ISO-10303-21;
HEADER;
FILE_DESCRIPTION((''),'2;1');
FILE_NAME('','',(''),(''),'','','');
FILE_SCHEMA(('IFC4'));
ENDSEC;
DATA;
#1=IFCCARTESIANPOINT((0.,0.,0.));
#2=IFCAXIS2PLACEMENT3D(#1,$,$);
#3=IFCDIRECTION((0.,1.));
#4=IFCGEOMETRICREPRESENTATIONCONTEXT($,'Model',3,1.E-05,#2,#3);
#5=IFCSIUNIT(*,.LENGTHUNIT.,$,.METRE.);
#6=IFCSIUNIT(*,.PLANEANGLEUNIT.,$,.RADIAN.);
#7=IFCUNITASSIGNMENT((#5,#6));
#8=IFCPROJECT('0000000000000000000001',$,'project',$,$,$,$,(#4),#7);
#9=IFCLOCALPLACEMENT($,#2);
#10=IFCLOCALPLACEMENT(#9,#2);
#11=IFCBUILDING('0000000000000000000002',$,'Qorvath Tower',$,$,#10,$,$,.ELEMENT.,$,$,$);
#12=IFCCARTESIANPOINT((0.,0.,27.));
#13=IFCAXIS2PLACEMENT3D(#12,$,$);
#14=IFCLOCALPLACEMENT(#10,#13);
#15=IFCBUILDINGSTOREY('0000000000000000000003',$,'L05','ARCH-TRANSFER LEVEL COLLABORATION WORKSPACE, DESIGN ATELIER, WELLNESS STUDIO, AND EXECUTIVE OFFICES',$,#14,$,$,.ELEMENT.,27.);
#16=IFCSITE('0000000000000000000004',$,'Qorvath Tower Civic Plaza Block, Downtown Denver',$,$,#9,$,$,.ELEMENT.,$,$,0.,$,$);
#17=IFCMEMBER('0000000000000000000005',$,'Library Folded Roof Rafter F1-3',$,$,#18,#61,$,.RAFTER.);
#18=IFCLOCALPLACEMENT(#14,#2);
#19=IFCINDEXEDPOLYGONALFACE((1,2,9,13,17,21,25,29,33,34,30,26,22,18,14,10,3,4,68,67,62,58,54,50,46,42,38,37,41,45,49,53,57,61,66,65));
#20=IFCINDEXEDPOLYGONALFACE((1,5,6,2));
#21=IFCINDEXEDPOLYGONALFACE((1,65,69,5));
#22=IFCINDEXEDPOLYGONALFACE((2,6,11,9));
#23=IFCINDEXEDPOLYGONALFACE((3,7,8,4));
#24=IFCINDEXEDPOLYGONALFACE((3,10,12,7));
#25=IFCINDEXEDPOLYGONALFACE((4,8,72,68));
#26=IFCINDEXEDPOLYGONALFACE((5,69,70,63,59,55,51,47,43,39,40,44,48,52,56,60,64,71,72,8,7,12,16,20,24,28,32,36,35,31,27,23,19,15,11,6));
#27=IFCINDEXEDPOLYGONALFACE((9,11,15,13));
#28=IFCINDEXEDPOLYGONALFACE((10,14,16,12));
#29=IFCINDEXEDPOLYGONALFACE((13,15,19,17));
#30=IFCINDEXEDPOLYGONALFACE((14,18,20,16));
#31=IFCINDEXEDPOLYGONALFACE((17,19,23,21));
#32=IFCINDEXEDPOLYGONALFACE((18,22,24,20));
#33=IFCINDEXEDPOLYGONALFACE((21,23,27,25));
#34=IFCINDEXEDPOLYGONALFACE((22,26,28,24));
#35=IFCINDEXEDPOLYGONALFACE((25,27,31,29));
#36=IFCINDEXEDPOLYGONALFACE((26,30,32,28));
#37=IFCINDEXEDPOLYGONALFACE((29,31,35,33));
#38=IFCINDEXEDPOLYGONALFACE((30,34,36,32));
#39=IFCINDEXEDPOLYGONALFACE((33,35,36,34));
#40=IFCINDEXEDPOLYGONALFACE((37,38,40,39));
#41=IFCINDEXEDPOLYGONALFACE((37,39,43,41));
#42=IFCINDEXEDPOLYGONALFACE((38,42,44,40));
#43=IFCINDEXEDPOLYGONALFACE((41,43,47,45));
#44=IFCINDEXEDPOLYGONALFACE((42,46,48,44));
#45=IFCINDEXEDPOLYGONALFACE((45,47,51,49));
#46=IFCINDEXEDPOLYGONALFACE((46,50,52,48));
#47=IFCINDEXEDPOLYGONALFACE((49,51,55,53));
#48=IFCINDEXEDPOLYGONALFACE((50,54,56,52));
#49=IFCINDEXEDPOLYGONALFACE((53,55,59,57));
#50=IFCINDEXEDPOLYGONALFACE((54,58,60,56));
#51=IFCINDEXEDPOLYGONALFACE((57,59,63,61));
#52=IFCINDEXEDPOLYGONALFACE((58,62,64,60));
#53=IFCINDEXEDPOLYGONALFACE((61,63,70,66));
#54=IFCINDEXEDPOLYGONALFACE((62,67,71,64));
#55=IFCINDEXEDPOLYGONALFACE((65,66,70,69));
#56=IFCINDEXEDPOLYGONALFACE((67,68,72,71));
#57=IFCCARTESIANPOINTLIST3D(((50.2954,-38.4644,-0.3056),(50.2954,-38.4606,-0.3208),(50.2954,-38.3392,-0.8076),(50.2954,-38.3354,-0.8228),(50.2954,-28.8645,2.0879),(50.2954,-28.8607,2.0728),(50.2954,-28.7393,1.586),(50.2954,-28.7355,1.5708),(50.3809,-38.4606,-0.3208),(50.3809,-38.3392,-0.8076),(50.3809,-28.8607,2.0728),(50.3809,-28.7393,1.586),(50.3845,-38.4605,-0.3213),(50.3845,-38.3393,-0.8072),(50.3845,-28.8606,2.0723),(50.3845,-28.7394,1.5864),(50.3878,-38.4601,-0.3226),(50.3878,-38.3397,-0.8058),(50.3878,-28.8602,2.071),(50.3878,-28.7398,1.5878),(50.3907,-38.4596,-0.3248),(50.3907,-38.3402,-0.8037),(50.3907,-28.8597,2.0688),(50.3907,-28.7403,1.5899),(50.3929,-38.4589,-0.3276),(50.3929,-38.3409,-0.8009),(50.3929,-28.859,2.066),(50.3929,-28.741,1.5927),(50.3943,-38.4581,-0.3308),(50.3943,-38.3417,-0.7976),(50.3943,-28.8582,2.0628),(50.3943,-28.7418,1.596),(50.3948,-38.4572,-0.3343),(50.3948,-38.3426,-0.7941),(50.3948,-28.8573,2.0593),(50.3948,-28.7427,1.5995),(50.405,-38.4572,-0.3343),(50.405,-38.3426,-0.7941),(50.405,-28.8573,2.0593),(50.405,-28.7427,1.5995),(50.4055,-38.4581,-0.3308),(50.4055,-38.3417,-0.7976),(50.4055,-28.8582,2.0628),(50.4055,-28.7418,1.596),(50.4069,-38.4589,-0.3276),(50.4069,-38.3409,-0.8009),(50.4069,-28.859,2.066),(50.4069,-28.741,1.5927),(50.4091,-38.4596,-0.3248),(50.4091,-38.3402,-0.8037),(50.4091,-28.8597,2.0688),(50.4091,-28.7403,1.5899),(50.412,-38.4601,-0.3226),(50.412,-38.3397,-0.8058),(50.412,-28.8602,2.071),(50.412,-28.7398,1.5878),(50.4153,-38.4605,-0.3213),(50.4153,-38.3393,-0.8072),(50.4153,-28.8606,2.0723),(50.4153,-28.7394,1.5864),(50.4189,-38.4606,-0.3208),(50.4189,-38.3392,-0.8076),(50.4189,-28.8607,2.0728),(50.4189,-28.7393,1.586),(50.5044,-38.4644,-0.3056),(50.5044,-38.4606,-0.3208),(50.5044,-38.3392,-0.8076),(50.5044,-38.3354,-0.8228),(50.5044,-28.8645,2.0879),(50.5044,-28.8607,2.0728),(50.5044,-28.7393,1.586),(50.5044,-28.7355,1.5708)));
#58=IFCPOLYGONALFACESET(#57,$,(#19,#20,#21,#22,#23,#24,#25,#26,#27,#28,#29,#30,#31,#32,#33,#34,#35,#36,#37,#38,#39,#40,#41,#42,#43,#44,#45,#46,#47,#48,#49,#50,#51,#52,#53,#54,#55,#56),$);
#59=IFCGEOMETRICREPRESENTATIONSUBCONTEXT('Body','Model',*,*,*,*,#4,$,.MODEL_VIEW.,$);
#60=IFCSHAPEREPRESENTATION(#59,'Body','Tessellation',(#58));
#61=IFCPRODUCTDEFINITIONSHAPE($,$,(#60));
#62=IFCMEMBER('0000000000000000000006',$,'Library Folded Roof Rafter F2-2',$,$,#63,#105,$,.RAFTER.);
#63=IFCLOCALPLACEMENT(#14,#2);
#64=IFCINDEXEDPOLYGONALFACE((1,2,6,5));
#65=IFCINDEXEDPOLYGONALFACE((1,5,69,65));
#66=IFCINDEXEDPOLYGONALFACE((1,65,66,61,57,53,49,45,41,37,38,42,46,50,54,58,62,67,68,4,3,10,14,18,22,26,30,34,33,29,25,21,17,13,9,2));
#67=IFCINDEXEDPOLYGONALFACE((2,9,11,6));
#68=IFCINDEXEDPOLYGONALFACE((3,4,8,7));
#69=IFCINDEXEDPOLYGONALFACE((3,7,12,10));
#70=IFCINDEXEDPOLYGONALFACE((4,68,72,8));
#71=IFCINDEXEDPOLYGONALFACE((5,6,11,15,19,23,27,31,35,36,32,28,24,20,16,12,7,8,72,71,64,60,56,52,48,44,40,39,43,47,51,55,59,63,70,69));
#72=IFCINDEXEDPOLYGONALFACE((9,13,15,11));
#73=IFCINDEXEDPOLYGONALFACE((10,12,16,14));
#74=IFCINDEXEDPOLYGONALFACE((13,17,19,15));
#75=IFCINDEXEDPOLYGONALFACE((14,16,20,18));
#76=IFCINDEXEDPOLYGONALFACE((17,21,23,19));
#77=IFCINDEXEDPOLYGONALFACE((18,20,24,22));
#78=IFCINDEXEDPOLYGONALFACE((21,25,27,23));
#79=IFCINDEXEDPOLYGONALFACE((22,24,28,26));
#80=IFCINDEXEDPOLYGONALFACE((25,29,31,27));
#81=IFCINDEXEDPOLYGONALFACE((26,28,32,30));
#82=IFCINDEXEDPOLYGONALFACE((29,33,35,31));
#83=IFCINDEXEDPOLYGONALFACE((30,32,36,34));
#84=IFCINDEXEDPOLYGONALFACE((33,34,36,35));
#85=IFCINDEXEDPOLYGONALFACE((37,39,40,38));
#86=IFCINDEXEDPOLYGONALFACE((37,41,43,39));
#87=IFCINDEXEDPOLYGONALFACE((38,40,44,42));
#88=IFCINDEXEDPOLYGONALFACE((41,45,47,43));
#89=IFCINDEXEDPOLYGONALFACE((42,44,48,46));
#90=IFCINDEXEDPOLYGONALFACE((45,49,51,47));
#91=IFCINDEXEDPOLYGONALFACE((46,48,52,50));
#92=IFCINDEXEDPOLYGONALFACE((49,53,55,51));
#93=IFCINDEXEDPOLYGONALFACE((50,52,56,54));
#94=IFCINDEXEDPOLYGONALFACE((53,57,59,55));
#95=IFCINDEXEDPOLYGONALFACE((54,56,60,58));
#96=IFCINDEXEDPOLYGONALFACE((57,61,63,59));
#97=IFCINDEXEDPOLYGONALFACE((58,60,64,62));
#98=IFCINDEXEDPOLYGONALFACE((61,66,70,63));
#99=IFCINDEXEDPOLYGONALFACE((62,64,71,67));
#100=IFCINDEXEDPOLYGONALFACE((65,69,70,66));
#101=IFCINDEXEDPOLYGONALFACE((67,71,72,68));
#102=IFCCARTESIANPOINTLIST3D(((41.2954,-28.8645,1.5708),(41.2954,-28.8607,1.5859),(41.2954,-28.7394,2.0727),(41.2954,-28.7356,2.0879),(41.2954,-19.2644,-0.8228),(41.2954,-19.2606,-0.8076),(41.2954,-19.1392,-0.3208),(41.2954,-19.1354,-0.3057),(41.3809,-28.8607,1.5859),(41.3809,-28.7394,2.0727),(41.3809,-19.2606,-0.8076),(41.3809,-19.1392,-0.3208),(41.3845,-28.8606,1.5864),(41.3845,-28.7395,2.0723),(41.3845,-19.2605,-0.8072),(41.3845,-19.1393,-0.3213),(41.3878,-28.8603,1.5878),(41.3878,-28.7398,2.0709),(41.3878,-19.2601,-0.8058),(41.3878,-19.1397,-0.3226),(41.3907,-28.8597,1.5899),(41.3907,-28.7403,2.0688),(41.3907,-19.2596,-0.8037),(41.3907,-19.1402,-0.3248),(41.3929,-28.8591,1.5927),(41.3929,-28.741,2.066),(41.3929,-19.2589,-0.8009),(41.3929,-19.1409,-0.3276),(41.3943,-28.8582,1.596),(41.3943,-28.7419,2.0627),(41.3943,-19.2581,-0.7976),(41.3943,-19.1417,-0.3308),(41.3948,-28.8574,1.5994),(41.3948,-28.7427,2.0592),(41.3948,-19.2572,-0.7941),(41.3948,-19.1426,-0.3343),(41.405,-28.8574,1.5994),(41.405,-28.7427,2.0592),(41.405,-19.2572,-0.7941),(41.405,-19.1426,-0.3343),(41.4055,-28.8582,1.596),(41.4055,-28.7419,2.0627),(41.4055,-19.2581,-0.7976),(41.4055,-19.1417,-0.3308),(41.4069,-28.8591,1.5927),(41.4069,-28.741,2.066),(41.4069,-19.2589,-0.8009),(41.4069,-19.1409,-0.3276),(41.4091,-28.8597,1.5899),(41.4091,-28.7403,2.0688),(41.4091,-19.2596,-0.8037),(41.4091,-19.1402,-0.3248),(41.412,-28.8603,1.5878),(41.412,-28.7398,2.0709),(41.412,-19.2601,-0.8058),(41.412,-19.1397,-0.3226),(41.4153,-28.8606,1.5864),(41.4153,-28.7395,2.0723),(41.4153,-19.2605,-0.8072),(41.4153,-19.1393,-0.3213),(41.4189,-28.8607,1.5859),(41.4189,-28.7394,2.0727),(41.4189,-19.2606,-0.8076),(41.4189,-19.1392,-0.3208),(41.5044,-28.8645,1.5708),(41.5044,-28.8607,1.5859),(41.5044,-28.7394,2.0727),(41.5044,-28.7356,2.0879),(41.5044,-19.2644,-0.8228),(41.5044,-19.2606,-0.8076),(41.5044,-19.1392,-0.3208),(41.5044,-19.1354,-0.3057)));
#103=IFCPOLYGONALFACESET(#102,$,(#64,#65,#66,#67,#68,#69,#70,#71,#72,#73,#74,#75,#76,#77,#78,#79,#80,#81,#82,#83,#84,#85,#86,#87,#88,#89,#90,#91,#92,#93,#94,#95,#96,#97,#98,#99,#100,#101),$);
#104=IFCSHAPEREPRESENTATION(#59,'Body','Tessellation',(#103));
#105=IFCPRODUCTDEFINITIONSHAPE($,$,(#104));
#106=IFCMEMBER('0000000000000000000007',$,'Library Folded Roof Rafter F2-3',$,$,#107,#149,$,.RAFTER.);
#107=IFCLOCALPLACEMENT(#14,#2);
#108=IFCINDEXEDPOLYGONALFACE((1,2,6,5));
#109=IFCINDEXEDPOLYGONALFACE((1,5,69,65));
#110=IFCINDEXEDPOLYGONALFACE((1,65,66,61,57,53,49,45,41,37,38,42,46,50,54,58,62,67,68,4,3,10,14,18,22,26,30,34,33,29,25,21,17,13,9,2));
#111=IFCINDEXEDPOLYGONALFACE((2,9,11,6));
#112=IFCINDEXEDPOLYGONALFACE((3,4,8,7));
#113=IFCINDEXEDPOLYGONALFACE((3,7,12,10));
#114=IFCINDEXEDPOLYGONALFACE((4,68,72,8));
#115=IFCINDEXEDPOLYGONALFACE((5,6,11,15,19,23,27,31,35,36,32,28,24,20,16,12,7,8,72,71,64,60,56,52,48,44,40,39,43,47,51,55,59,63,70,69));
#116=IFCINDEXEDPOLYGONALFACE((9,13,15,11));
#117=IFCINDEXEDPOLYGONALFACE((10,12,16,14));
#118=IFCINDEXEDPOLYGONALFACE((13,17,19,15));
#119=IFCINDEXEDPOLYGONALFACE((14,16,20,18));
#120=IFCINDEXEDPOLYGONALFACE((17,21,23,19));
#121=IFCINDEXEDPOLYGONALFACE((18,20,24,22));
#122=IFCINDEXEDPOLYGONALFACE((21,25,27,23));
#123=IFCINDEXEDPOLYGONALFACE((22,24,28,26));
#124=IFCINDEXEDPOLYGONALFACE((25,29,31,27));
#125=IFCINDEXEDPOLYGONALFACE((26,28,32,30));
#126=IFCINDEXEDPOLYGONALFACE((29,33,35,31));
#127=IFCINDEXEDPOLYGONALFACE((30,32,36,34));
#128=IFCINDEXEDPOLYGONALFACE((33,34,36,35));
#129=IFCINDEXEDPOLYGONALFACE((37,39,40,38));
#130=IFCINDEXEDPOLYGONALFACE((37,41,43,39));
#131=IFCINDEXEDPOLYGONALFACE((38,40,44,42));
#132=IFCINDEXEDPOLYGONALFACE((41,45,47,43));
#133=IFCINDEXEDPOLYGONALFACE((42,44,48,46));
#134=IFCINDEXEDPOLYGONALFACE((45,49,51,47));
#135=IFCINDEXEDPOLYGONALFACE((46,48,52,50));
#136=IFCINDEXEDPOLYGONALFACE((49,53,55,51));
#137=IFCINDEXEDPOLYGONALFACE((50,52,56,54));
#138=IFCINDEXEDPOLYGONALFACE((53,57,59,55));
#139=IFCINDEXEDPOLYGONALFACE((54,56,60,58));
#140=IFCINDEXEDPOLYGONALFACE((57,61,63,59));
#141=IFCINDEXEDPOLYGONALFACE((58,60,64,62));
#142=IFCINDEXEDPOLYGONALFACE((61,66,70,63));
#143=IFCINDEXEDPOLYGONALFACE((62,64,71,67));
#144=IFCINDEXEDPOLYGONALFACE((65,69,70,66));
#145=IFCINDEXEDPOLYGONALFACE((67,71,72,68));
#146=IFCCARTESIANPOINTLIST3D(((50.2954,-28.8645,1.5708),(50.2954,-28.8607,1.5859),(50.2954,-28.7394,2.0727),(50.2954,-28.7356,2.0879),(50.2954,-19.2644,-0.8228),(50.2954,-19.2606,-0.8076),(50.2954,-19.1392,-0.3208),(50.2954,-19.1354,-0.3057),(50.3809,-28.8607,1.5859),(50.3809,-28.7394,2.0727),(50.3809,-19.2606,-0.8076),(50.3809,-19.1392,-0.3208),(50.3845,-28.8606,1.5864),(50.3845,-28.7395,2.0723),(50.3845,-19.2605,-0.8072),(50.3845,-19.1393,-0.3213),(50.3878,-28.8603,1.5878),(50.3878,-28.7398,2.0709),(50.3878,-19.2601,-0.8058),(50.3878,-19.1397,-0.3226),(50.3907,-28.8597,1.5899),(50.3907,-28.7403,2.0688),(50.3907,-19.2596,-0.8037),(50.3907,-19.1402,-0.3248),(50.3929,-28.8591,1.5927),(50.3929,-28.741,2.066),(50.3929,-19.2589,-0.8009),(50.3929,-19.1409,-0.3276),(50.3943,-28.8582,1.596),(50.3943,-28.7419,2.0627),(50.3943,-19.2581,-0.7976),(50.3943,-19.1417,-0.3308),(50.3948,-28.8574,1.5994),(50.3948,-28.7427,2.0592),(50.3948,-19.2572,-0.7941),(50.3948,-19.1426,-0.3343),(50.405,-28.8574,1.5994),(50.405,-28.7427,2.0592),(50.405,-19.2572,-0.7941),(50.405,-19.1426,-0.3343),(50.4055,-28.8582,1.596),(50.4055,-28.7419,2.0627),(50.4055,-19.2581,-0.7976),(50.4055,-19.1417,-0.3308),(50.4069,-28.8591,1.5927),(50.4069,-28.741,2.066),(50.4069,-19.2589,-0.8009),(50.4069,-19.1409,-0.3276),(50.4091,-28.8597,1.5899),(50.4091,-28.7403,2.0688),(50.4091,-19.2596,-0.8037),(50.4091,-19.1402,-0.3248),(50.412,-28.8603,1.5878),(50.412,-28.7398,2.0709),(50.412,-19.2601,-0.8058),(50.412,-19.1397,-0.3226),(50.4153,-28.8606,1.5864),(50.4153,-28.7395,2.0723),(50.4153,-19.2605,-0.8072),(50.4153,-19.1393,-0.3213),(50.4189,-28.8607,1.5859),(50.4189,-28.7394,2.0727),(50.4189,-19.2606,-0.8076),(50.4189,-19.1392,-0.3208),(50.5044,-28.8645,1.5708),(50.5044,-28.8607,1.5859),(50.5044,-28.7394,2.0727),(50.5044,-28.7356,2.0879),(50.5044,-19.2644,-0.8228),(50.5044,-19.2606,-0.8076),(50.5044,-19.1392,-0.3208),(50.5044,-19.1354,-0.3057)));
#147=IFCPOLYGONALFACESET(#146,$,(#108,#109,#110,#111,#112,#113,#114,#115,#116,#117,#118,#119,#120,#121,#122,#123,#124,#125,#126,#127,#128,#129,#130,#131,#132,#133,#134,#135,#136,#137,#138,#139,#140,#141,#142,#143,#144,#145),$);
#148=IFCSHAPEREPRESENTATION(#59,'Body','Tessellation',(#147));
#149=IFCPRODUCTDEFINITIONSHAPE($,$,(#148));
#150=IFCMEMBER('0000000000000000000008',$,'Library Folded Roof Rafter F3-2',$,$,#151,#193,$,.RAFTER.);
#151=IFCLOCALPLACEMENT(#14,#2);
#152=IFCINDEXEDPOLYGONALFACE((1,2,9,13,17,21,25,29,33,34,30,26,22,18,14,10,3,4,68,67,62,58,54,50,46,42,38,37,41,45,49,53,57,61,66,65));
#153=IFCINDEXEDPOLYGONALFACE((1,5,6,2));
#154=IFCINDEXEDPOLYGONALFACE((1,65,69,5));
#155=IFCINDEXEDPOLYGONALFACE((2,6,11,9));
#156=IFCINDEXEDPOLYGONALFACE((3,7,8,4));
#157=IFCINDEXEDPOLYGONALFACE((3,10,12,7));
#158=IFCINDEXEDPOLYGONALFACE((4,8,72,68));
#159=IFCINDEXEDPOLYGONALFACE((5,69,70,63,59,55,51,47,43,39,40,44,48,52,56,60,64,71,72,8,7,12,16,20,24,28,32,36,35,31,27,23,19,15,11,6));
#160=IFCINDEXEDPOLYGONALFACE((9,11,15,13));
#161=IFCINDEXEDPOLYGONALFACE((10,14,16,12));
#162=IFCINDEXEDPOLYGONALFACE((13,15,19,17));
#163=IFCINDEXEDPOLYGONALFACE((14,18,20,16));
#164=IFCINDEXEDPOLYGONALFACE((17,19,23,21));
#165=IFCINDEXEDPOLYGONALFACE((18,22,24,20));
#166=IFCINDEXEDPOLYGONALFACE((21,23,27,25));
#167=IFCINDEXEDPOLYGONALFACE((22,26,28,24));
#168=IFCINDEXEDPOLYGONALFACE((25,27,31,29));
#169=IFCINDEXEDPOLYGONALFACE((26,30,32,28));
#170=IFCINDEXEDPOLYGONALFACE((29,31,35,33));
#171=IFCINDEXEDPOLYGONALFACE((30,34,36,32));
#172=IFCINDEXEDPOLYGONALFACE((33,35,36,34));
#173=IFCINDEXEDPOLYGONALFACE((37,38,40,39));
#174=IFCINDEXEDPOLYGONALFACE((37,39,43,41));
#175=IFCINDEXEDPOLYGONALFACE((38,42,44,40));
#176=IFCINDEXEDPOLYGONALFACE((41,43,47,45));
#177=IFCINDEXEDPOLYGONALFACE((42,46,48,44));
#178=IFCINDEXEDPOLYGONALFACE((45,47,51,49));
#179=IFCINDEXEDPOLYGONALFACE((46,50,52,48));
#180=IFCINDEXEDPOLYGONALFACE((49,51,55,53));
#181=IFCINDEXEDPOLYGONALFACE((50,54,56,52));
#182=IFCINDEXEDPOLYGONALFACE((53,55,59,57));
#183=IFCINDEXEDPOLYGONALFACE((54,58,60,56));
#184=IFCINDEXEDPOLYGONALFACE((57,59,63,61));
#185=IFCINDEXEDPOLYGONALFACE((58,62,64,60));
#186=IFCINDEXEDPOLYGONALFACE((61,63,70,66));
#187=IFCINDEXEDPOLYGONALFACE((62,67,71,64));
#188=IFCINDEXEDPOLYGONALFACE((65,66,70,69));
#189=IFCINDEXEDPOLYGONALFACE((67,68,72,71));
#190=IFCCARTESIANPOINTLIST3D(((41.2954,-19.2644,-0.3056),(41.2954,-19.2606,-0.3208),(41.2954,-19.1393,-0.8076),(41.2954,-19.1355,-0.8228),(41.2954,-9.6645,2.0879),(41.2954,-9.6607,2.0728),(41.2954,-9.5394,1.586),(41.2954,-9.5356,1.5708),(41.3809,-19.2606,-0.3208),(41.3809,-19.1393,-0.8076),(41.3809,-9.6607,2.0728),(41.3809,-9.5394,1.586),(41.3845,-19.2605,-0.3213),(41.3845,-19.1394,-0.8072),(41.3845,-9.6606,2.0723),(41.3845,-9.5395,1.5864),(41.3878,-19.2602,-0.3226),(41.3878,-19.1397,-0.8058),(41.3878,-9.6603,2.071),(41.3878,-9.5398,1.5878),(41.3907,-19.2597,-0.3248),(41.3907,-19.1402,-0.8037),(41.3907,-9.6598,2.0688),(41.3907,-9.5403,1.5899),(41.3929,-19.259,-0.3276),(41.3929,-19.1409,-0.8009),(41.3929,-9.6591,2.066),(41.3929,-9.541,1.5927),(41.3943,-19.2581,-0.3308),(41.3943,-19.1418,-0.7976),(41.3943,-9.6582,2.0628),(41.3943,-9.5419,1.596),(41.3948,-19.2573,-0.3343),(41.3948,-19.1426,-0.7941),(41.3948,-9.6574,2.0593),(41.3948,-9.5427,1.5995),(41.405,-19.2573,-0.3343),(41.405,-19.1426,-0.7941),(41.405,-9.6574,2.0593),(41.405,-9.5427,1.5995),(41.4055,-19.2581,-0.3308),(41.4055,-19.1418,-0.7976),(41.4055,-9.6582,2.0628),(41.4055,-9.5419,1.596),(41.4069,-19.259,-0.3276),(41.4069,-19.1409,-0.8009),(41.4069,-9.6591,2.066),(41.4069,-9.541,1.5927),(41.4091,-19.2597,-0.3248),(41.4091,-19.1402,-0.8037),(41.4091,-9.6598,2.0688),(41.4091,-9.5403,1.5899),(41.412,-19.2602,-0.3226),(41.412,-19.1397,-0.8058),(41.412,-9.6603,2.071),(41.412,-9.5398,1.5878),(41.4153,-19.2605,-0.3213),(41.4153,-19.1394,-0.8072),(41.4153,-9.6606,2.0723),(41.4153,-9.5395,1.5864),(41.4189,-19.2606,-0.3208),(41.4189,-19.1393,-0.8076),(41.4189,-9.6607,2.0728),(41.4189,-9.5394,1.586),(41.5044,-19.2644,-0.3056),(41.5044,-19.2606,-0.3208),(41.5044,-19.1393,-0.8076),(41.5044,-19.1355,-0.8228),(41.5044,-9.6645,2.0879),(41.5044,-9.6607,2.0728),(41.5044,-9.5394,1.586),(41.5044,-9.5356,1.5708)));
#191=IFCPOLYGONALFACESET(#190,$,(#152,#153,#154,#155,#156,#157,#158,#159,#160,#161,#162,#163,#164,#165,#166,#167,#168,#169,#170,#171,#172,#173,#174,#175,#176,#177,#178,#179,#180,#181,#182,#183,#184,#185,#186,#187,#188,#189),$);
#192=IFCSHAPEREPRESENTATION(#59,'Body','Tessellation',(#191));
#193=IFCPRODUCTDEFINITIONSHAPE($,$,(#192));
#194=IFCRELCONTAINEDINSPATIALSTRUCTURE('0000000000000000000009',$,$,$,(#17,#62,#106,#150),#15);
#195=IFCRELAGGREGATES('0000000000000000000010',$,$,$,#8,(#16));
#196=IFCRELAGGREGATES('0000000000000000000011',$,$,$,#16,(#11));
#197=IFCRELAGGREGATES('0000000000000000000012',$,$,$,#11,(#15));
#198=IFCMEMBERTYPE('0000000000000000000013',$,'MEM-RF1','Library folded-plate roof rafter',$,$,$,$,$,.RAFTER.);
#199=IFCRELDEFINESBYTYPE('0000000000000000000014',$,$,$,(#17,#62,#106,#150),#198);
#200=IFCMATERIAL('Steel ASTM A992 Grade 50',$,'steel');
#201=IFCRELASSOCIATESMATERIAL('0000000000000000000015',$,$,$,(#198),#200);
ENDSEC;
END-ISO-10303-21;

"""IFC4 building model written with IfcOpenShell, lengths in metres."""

from ifc_helpers import new_model, si_unit, direction, frame, origin, origin_2d, place, context, subcontext, project, spatial, i_section, extrude, material, material_profile, profile_set, type_object, element, save


model = new_model("IFC4")

# Units and contexts
model_context = context("Model", 3, precision=1e-05, world=origin(), true_north=direction((0.0, 1.0)))
body_context = subcontext(model_context, "Body", "Model", "MODEL_VIEW")
ifc_project = project(units=[si_unit("LENGTHUNIT", "METRE"), si_unit("PLANEANGLEUNIT", "RADIAN")], contexts=[model_context])

# Site, building, storey
site_placement = place(None, origin())
site = spatial("IfcSite", under=ifc_project, at=site_placement, Name="Qorvath Tower Civic Plaza Block, Downtown Denver", CompositionType="ELEMENT", RefElevation=0.0)
building_placement = place(site_placement, origin())
building = spatial("IfcBuilding", under=site, at=building_placement, Name="Qorvath Tower", CompositionType="ELEMENT")
storey_placement = place(building_placement, frame((0.0, 0.0, 27.0)))
storey = spatial("IfcBuildingStorey", under=building, at=storey_placement, Name="L05", Description="ARCH-TRANSFER LEVEL COLLABORATION WORKSPACE, DESIGN ATELIER, WELLNESS STUDIO, AND EXECUTIVE OFFICES", CompositionType="ELEMENT", Elevation=27.0)

# Members
ifc_material_1 = material(Name="Steel ASTM A992 Grade 50", Category="steel")
ifc_material_profile_1 = material_profile(ifc_material_1, i_section(OverallWidth=0.209, OverallDepth=0.533, WebThickness=0.0103, FlangeThickness=0.0156, FilletRadius=0.0139, at=origin_2d()), Name="W21x62")
ifc_profile_set_1 = profile_set([ifc_material_profile_1], Name="Steel ASTM A992 Grade 50")
member_type_1 = type_object("IfcMemberType", Name="MEM-RF1", Description="Library folded-plate roof rafter", PredefinedType="RAFTER", material=ifc_profile_set_1)
for number, where, z_axis, x_axis, name in (
    (1, (50.3999, -38.3999, -0.5642), (0.0, 0.970295, 0.241926), (-1.0, 0.0, 0.0), "Library Folded Roof Rafter F1-3"),
):
    element("IfcMember", number, at=place(storey_placement, frame(where, z_axis=z_axis, x_axis=x_axis)), inside=storey, type_object=member_type_1, Name=name, PredefinedType="RAFTER", context=body_context, shape_type="SweptSolid", body=[
        extrude(i_section(OverallWidth=0.209, OverallDepth=0.533, WebThickness=0.0103, FlangeThickness=0.0156, FilletRadius=0.0139, at=origin_2d()), origin(), (0.0, 0.0, 1.0), 9.8938),
    ])
for number, where, z_axis, x_axis, name in (
    (2, (41.3999, -28.8, 1.8293), (0.0, 0.970296, -0.24192), (-1.0, 0.0, 0.0), "Library Folded Roof Rafter F2-2"),
    (3, (50.3999, -28.8, 1.8293), (0.0, 0.970296, -0.24192), (-1.0, 0.0, 0.0), "Library Folded Roof Rafter F2-3"),
):
    element("IfcMember", number, at=place(storey_placement, frame(where, z_axis=z_axis, x_axis=x_axis)), inside=storey, type_object=member_type_1, Name=name, PredefinedType="RAFTER", context=body_context, shape_type="SweptSolid", body=[
        extrude(i_section(OverallWidth=0.209, OverallDepth=0.533, WebThickness=0.0103, FlangeThickness=0.0156, FilletRadius=0.0139, at=origin_2d()), origin(), (0.0, 0.0, 1.0), 9.894),
    ])
for number, where, z_axis, x_axis, name in (
    (4, (41.3999, -19.2, -0.5642), (0.0, 0.970295, 0.241926), (-1.0, 0.0, 0.0), "Library Folded Roof Rafter F3-2"),
):
    element("IfcMember", number, at=place(storey_placement, frame(where, z_axis=z_axis, x_axis=x_axis)), inside=storey, type_object=member_type_1, Name=name, PredefinedType="RAFTER", context=body_context, shape_type="SweptSolid", body=[
        extrude(i_section(OverallWidth=0.209, OverallDepth=0.533, WebThickness=0.0103, FlangeThickness=0.0156, FilletRadius=0.0139, at=origin_2d()), origin(), (0.0, 0.0, 1.0), 9.8938),
    ])

save(model, "model.ifc")
